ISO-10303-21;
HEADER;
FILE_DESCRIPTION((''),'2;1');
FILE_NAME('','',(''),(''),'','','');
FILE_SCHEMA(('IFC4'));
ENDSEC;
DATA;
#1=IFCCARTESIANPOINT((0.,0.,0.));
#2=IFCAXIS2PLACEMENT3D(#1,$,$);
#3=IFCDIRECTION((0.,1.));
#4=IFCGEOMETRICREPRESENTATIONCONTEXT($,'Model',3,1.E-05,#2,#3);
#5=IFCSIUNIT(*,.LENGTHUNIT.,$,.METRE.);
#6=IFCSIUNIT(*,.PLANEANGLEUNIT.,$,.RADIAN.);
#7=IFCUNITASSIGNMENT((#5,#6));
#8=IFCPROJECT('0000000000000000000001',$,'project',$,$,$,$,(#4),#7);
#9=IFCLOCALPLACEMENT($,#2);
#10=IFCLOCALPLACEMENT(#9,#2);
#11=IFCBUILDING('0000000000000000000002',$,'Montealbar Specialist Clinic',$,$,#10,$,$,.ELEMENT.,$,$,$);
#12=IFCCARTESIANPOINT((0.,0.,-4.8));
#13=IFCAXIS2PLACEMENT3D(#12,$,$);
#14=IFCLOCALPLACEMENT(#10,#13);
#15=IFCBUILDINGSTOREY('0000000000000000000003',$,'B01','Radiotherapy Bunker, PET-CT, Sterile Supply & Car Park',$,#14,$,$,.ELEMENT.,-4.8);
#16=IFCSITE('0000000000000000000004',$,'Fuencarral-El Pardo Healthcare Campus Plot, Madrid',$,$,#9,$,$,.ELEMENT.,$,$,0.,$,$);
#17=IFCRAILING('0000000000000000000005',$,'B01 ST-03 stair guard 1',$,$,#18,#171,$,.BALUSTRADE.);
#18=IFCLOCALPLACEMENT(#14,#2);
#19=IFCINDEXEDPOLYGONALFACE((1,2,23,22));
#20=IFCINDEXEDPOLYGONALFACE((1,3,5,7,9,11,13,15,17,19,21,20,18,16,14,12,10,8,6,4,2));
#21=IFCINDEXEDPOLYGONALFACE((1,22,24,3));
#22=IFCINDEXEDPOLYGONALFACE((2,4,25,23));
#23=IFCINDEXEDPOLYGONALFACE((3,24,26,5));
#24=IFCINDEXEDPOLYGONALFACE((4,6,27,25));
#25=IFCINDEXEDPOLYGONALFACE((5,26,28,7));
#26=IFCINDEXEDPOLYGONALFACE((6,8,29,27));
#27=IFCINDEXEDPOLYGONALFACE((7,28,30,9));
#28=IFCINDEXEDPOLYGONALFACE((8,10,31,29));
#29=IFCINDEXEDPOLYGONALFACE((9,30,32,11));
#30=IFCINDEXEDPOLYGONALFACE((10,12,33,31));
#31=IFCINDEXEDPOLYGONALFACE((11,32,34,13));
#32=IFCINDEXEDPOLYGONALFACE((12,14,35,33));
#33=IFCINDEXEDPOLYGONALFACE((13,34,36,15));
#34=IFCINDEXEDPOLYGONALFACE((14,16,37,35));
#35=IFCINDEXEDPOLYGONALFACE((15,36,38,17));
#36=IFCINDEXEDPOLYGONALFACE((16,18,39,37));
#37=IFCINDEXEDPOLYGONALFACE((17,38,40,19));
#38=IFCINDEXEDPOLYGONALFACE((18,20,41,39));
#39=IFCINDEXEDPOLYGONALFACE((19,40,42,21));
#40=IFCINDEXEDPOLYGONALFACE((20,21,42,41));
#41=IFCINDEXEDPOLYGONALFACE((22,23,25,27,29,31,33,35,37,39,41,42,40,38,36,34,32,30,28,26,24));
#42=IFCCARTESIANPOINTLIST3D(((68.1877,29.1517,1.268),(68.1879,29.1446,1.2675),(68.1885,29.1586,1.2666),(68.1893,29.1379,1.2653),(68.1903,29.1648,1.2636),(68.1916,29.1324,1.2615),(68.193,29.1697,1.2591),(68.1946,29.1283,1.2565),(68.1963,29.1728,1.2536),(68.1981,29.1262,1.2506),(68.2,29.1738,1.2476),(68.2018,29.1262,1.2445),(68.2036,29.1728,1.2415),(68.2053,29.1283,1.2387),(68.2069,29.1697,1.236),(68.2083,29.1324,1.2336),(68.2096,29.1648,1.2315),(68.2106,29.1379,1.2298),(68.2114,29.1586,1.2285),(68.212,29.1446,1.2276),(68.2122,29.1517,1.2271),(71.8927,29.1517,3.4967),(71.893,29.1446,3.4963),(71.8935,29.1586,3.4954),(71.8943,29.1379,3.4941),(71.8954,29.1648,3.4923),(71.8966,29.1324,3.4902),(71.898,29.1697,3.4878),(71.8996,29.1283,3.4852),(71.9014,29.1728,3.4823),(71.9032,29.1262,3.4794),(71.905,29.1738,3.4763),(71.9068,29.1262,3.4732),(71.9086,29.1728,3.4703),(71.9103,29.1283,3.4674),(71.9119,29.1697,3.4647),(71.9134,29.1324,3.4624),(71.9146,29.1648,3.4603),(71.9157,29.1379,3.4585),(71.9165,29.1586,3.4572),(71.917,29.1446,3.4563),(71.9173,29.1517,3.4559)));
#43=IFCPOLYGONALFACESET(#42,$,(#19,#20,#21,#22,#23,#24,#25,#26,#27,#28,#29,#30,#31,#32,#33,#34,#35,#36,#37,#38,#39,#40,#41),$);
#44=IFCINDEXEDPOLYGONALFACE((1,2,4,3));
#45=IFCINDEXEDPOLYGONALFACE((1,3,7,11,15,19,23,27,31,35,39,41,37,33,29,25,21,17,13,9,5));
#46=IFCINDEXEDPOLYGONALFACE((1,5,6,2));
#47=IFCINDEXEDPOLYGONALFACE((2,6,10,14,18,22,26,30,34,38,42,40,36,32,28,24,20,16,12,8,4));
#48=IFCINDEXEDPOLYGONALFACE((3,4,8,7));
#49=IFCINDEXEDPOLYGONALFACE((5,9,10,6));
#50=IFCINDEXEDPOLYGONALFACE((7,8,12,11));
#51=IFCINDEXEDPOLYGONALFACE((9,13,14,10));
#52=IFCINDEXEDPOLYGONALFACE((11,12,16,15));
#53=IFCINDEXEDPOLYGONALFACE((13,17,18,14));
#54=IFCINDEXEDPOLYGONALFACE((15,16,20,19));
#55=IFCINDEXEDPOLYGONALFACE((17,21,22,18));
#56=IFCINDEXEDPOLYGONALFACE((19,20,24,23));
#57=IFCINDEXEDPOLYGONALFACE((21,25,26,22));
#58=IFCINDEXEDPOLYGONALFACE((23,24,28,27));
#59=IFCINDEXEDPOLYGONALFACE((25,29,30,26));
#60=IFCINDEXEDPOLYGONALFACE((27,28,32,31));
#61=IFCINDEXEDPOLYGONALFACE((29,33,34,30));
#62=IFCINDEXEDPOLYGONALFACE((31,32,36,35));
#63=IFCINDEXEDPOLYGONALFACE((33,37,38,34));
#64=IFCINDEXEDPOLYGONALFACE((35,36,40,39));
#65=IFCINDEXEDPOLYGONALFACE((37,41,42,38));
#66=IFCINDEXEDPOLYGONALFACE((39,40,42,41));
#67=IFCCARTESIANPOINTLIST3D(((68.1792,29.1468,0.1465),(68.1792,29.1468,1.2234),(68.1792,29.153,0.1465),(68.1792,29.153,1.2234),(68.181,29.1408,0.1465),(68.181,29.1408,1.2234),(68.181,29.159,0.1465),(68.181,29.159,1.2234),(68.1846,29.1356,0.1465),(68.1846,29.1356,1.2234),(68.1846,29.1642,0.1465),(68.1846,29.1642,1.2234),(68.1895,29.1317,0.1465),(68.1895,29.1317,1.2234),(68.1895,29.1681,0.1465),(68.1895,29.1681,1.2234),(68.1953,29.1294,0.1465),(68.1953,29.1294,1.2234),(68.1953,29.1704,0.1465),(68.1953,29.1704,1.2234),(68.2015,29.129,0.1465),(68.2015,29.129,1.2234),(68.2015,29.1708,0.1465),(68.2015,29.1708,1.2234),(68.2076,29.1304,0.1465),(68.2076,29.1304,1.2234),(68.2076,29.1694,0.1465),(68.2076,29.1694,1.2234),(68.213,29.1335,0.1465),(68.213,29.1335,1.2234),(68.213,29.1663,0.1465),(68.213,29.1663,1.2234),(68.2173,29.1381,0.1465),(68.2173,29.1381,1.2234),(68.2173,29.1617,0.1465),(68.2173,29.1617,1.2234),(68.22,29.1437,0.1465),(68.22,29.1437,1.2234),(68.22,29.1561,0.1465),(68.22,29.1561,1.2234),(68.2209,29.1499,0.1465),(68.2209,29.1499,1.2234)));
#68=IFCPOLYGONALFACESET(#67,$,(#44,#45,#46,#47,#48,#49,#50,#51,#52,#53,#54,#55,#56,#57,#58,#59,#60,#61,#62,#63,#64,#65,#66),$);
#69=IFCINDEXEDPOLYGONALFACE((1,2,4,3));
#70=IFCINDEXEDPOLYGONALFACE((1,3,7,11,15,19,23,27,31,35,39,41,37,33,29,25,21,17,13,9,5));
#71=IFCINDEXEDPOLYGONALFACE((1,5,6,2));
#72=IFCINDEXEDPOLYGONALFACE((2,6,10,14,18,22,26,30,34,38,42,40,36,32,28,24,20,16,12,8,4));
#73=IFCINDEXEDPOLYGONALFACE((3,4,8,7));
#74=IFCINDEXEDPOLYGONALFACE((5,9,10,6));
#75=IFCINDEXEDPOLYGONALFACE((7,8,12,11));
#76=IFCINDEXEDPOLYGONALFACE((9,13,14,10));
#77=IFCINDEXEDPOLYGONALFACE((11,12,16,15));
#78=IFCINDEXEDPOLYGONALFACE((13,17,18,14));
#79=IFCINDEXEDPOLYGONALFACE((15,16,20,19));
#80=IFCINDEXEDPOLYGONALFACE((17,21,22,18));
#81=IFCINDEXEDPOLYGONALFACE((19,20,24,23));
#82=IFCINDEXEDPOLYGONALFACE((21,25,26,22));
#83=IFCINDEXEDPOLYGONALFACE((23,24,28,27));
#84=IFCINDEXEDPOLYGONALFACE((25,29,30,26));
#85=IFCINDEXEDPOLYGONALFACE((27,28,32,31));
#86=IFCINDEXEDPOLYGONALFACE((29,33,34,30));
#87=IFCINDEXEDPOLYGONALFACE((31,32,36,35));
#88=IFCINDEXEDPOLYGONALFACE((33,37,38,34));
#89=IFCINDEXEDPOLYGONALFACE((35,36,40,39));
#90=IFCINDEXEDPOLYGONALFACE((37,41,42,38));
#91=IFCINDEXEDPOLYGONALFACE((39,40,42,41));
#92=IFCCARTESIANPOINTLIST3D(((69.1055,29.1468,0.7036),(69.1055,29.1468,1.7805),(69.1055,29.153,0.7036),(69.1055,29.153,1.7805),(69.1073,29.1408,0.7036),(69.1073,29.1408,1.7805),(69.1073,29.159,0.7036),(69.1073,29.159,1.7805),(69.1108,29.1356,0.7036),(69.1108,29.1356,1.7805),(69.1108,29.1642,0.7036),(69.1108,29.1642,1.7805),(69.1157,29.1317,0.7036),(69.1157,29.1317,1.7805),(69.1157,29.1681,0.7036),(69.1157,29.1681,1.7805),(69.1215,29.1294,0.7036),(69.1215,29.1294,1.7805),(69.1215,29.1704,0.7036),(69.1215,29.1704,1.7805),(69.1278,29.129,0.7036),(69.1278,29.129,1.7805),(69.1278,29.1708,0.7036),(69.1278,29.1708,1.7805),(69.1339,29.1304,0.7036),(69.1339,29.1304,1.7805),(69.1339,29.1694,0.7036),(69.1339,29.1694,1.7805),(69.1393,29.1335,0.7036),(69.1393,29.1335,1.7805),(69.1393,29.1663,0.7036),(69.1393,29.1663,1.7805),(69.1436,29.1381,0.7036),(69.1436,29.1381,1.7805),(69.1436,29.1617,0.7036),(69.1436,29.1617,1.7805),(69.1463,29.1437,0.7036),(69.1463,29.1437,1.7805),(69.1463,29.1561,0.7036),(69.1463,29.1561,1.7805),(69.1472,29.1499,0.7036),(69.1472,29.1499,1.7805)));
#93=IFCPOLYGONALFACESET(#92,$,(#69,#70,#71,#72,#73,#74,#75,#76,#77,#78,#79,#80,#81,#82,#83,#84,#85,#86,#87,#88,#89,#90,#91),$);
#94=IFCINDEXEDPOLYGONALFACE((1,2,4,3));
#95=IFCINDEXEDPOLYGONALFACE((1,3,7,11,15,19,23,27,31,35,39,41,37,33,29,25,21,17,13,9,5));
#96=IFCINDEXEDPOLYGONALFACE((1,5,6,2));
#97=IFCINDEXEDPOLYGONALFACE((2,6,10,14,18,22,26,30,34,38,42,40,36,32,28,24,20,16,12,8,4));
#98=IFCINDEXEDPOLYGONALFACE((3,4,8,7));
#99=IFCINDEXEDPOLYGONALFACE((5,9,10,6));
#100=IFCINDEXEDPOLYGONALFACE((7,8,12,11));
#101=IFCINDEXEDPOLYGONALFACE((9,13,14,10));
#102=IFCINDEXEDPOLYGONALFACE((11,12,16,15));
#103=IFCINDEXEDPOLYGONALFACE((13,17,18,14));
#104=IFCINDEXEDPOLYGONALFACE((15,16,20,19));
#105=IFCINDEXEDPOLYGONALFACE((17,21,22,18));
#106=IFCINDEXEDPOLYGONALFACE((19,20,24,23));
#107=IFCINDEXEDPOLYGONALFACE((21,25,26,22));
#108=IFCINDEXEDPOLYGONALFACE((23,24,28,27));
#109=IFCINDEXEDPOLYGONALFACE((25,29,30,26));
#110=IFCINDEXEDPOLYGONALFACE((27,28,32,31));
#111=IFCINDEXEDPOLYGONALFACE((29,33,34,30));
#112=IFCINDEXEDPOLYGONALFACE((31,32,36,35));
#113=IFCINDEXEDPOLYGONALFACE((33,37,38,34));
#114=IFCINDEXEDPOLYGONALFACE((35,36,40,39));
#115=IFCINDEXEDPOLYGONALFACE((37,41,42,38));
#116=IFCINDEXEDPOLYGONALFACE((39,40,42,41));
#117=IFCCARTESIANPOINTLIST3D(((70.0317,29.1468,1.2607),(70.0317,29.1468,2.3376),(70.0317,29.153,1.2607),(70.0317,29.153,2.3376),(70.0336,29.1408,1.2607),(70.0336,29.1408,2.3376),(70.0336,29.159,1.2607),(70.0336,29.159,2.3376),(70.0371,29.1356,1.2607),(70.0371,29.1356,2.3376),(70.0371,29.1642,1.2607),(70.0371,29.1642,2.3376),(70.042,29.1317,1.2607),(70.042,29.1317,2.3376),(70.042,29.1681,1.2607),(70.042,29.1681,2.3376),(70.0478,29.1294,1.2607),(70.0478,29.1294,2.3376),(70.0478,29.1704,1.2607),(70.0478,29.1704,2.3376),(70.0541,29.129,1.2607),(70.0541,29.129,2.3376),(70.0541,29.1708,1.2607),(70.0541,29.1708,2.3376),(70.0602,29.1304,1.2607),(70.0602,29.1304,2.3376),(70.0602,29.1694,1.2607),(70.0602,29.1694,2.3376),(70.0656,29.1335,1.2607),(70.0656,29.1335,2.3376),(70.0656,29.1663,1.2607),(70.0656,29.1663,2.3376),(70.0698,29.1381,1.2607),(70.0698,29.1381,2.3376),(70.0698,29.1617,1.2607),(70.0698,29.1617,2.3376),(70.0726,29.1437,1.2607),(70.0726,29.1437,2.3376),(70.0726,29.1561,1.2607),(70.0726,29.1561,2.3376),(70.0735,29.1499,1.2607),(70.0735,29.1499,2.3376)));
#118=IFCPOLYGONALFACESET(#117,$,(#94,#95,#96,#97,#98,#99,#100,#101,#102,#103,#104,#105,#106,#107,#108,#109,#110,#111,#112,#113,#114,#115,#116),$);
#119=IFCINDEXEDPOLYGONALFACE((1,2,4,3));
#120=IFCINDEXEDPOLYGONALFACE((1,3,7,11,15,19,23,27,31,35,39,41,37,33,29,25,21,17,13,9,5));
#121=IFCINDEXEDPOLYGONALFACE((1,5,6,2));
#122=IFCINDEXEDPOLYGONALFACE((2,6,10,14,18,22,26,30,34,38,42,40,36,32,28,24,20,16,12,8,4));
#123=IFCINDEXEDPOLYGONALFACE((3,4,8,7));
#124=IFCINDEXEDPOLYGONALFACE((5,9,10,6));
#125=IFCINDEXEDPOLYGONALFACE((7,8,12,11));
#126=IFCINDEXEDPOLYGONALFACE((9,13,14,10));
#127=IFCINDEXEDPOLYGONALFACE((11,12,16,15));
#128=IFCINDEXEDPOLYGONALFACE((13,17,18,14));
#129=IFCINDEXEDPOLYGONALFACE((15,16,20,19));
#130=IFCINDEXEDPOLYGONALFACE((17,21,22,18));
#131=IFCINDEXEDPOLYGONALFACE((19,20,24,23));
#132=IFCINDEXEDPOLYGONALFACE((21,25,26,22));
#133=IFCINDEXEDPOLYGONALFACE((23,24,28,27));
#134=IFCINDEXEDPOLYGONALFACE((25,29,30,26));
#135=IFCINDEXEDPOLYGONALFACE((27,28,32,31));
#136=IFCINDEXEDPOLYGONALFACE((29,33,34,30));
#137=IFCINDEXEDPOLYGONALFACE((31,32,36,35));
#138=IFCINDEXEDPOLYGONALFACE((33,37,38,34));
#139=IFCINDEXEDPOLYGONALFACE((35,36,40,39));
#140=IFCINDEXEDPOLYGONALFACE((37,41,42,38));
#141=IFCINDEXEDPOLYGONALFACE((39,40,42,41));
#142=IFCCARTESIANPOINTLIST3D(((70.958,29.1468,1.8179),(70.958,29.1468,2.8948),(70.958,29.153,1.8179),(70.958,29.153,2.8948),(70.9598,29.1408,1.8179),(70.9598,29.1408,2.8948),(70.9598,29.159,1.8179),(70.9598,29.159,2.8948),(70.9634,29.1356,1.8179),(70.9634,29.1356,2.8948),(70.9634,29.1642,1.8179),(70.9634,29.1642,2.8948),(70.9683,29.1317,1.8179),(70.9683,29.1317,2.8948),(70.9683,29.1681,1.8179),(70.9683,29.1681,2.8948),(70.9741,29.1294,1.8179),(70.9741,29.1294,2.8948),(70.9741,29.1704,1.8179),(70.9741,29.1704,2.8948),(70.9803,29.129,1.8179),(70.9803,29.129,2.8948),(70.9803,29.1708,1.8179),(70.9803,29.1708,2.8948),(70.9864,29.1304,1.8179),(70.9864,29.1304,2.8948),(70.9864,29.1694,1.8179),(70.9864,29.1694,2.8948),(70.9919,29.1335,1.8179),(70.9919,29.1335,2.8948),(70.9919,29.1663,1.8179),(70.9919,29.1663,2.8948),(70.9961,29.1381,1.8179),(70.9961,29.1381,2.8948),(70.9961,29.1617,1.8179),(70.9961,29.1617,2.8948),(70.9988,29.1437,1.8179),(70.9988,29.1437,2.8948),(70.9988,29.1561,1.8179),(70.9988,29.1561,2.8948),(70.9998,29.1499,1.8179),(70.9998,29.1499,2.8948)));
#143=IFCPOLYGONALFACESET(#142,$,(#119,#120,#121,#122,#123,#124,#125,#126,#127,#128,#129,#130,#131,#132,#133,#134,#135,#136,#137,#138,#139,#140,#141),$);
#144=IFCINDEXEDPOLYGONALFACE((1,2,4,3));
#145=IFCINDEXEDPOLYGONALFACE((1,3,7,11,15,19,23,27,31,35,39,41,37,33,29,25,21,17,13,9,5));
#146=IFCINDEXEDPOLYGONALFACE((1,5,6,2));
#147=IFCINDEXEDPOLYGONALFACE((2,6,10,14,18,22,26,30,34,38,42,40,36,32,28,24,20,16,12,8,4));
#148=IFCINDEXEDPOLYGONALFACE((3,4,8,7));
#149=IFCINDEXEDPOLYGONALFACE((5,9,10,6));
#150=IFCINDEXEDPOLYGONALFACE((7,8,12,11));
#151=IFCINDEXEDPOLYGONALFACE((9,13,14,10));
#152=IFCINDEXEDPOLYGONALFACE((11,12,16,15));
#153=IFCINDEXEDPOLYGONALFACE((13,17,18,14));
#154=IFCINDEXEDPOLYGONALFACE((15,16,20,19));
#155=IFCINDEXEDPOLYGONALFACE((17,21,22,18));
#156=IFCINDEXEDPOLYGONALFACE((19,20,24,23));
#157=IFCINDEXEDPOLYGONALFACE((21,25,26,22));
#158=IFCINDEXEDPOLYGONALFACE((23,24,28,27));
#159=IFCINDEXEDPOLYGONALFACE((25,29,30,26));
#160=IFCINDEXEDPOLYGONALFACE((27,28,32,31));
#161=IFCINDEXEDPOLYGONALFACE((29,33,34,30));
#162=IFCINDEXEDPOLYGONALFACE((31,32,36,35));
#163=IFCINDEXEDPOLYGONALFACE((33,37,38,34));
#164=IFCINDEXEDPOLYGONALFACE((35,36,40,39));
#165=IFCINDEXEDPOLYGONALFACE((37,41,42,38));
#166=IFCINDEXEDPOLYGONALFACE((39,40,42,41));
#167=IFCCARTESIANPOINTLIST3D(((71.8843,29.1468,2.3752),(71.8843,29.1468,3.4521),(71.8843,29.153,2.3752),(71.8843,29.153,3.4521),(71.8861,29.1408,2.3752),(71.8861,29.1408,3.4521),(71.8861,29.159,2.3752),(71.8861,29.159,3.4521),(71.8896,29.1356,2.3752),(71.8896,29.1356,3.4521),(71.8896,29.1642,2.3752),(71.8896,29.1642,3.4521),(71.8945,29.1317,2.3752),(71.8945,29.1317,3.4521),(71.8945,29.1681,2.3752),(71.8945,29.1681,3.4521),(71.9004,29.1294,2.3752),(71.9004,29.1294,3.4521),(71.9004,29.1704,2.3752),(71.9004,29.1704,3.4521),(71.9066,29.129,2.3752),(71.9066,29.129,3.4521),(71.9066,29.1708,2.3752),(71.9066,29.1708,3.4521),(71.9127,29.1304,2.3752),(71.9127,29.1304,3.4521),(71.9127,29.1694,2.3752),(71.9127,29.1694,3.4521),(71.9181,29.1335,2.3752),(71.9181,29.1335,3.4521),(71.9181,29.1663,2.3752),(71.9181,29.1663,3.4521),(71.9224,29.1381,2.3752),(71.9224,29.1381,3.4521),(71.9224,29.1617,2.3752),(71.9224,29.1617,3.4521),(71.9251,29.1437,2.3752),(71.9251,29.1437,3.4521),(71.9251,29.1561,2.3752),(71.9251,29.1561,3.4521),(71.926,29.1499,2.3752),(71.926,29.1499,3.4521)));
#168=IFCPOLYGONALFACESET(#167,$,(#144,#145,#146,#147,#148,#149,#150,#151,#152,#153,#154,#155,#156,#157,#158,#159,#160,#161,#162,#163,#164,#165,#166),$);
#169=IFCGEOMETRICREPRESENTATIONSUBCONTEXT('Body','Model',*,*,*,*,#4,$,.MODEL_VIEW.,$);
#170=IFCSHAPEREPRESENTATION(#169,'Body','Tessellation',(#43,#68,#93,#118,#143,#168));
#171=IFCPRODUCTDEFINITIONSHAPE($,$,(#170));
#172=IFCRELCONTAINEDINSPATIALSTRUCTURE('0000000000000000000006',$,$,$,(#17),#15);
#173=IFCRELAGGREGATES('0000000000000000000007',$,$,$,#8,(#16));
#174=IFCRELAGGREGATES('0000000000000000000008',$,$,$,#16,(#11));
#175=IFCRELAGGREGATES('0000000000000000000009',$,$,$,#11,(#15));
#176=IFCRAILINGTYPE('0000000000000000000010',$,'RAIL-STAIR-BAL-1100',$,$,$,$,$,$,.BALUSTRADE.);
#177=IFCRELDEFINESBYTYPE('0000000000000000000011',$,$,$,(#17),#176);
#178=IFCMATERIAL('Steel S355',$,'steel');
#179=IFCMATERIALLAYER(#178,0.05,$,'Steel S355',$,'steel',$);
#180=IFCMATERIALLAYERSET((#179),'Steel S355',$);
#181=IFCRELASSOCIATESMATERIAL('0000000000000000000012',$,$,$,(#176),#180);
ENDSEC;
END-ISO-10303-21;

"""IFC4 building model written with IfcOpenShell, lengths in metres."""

from ifc_helpers import new_model, si_unit, direction, frame, origin, origin_2d, place, context, subcontext, project, spatial, circle, extrude, material, layer, layer_set, type_object, element, save


model = new_model("IFC4")

# Units and contexts
model_context = context("Model", 3, precision=1e-05, world=origin(), true_north=direction((0.0, 1.0)))
body_context = subcontext(model_context, "Body", "Model", "MODEL_VIEW")
ifc_project = project(units=[si_unit("LENGTHUNIT", "METRE"), si_unit("PLANEANGLEUNIT", "RADIAN")], contexts=[model_context])

# Site, building, storey
site_placement = place(None, origin())
site = spatial("IfcSite", under=ifc_project, at=site_placement, Name="Fuencarral-El Pardo Healthcare Campus Plot, Madrid", CompositionType="ELEMENT", RefElevation=0.0)
building_placement = place(site_placement, origin())
building = spatial("IfcBuilding", under=site, at=building_placement, Name="Montealbar Specialist Clinic", CompositionType="ELEMENT")
storey_placement = place(building_placement, frame((0.0, 0.0, -4.8)))
storey = spatial("IfcBuildingStorey", under=building, at=storey_placement, Name="B01", Description="Radiotherapy Bunker, PET-CT, Sterile Supply & Car Park", CompositionType="ELEMENT", Elevation=-4.8)

# Shared definitions
ifc_material_1 = material(Name="Steel S355", Category="steel")

# Railing
ifc_layer_1 = layer(ifc_material_1, 0.05, Name="Steel S355", Category="steel")
ifc_layer_set_1 = layer_set([ifc_layer_1], Name="Steel S355")
railing_type_1 = type_object("IfcRailingType", Name="RAIL-STAIR-BAL-1100", PredefinedType="BALUSTRADE", material=ifc_layer_set_1)
railing_1_placement = place(storey_placement, frame((68.2, 29.1499, 0.1714)))
element("IfcRailing", 1, at=railing_1_placement, inside=storey, type_object=railing_type_1, Name="B01 ST-03 stair guard 1", PredefinedType="BALUSTRADE", context=body_context, shape_type="SweptSolid", body=[
    extrude(circle(Radius=0.0239, at=origin_2d()), frame((0.0, 0.0, 1.0762), z_axis=(0.856909, 0.0, 0.515467), x_axis=(0.0, 1.0, 0.0)), (0.0, 0.0, 1.0), 4.3237),
    extrude(circle(Radius=0.021, at=origin_2d()), frame((0.0, 0.0, -0.0249)), (0.0, 0.0, 1.0), 1.0769),
    extrude(circle(Radius=0.021, at=origin_2d()), frame((0.9263, 0.0, 0.5322)), (0.0, 0.0, 1.0), 1.0769),
    extrude(circle(Radius=0.021, at=origin_2d()), frame((1.8525, 0.0, 1.0894)), (0.0, 0.0, 1.0), 1.0769),
    extrude(circle(Radius=0.021, at=origin_2d()), frame((2.7788, 0.0, 1.6465)), (0.0, 0.0, 1.0), 1.0769),
    extrude(circle(Radius=0.021, at=origin_2d()), frame((3.7051, 0.0, 2.2039)), (0.0, 0.0, 1.0), 1.0769),
])

save(model, "model.ifc")
